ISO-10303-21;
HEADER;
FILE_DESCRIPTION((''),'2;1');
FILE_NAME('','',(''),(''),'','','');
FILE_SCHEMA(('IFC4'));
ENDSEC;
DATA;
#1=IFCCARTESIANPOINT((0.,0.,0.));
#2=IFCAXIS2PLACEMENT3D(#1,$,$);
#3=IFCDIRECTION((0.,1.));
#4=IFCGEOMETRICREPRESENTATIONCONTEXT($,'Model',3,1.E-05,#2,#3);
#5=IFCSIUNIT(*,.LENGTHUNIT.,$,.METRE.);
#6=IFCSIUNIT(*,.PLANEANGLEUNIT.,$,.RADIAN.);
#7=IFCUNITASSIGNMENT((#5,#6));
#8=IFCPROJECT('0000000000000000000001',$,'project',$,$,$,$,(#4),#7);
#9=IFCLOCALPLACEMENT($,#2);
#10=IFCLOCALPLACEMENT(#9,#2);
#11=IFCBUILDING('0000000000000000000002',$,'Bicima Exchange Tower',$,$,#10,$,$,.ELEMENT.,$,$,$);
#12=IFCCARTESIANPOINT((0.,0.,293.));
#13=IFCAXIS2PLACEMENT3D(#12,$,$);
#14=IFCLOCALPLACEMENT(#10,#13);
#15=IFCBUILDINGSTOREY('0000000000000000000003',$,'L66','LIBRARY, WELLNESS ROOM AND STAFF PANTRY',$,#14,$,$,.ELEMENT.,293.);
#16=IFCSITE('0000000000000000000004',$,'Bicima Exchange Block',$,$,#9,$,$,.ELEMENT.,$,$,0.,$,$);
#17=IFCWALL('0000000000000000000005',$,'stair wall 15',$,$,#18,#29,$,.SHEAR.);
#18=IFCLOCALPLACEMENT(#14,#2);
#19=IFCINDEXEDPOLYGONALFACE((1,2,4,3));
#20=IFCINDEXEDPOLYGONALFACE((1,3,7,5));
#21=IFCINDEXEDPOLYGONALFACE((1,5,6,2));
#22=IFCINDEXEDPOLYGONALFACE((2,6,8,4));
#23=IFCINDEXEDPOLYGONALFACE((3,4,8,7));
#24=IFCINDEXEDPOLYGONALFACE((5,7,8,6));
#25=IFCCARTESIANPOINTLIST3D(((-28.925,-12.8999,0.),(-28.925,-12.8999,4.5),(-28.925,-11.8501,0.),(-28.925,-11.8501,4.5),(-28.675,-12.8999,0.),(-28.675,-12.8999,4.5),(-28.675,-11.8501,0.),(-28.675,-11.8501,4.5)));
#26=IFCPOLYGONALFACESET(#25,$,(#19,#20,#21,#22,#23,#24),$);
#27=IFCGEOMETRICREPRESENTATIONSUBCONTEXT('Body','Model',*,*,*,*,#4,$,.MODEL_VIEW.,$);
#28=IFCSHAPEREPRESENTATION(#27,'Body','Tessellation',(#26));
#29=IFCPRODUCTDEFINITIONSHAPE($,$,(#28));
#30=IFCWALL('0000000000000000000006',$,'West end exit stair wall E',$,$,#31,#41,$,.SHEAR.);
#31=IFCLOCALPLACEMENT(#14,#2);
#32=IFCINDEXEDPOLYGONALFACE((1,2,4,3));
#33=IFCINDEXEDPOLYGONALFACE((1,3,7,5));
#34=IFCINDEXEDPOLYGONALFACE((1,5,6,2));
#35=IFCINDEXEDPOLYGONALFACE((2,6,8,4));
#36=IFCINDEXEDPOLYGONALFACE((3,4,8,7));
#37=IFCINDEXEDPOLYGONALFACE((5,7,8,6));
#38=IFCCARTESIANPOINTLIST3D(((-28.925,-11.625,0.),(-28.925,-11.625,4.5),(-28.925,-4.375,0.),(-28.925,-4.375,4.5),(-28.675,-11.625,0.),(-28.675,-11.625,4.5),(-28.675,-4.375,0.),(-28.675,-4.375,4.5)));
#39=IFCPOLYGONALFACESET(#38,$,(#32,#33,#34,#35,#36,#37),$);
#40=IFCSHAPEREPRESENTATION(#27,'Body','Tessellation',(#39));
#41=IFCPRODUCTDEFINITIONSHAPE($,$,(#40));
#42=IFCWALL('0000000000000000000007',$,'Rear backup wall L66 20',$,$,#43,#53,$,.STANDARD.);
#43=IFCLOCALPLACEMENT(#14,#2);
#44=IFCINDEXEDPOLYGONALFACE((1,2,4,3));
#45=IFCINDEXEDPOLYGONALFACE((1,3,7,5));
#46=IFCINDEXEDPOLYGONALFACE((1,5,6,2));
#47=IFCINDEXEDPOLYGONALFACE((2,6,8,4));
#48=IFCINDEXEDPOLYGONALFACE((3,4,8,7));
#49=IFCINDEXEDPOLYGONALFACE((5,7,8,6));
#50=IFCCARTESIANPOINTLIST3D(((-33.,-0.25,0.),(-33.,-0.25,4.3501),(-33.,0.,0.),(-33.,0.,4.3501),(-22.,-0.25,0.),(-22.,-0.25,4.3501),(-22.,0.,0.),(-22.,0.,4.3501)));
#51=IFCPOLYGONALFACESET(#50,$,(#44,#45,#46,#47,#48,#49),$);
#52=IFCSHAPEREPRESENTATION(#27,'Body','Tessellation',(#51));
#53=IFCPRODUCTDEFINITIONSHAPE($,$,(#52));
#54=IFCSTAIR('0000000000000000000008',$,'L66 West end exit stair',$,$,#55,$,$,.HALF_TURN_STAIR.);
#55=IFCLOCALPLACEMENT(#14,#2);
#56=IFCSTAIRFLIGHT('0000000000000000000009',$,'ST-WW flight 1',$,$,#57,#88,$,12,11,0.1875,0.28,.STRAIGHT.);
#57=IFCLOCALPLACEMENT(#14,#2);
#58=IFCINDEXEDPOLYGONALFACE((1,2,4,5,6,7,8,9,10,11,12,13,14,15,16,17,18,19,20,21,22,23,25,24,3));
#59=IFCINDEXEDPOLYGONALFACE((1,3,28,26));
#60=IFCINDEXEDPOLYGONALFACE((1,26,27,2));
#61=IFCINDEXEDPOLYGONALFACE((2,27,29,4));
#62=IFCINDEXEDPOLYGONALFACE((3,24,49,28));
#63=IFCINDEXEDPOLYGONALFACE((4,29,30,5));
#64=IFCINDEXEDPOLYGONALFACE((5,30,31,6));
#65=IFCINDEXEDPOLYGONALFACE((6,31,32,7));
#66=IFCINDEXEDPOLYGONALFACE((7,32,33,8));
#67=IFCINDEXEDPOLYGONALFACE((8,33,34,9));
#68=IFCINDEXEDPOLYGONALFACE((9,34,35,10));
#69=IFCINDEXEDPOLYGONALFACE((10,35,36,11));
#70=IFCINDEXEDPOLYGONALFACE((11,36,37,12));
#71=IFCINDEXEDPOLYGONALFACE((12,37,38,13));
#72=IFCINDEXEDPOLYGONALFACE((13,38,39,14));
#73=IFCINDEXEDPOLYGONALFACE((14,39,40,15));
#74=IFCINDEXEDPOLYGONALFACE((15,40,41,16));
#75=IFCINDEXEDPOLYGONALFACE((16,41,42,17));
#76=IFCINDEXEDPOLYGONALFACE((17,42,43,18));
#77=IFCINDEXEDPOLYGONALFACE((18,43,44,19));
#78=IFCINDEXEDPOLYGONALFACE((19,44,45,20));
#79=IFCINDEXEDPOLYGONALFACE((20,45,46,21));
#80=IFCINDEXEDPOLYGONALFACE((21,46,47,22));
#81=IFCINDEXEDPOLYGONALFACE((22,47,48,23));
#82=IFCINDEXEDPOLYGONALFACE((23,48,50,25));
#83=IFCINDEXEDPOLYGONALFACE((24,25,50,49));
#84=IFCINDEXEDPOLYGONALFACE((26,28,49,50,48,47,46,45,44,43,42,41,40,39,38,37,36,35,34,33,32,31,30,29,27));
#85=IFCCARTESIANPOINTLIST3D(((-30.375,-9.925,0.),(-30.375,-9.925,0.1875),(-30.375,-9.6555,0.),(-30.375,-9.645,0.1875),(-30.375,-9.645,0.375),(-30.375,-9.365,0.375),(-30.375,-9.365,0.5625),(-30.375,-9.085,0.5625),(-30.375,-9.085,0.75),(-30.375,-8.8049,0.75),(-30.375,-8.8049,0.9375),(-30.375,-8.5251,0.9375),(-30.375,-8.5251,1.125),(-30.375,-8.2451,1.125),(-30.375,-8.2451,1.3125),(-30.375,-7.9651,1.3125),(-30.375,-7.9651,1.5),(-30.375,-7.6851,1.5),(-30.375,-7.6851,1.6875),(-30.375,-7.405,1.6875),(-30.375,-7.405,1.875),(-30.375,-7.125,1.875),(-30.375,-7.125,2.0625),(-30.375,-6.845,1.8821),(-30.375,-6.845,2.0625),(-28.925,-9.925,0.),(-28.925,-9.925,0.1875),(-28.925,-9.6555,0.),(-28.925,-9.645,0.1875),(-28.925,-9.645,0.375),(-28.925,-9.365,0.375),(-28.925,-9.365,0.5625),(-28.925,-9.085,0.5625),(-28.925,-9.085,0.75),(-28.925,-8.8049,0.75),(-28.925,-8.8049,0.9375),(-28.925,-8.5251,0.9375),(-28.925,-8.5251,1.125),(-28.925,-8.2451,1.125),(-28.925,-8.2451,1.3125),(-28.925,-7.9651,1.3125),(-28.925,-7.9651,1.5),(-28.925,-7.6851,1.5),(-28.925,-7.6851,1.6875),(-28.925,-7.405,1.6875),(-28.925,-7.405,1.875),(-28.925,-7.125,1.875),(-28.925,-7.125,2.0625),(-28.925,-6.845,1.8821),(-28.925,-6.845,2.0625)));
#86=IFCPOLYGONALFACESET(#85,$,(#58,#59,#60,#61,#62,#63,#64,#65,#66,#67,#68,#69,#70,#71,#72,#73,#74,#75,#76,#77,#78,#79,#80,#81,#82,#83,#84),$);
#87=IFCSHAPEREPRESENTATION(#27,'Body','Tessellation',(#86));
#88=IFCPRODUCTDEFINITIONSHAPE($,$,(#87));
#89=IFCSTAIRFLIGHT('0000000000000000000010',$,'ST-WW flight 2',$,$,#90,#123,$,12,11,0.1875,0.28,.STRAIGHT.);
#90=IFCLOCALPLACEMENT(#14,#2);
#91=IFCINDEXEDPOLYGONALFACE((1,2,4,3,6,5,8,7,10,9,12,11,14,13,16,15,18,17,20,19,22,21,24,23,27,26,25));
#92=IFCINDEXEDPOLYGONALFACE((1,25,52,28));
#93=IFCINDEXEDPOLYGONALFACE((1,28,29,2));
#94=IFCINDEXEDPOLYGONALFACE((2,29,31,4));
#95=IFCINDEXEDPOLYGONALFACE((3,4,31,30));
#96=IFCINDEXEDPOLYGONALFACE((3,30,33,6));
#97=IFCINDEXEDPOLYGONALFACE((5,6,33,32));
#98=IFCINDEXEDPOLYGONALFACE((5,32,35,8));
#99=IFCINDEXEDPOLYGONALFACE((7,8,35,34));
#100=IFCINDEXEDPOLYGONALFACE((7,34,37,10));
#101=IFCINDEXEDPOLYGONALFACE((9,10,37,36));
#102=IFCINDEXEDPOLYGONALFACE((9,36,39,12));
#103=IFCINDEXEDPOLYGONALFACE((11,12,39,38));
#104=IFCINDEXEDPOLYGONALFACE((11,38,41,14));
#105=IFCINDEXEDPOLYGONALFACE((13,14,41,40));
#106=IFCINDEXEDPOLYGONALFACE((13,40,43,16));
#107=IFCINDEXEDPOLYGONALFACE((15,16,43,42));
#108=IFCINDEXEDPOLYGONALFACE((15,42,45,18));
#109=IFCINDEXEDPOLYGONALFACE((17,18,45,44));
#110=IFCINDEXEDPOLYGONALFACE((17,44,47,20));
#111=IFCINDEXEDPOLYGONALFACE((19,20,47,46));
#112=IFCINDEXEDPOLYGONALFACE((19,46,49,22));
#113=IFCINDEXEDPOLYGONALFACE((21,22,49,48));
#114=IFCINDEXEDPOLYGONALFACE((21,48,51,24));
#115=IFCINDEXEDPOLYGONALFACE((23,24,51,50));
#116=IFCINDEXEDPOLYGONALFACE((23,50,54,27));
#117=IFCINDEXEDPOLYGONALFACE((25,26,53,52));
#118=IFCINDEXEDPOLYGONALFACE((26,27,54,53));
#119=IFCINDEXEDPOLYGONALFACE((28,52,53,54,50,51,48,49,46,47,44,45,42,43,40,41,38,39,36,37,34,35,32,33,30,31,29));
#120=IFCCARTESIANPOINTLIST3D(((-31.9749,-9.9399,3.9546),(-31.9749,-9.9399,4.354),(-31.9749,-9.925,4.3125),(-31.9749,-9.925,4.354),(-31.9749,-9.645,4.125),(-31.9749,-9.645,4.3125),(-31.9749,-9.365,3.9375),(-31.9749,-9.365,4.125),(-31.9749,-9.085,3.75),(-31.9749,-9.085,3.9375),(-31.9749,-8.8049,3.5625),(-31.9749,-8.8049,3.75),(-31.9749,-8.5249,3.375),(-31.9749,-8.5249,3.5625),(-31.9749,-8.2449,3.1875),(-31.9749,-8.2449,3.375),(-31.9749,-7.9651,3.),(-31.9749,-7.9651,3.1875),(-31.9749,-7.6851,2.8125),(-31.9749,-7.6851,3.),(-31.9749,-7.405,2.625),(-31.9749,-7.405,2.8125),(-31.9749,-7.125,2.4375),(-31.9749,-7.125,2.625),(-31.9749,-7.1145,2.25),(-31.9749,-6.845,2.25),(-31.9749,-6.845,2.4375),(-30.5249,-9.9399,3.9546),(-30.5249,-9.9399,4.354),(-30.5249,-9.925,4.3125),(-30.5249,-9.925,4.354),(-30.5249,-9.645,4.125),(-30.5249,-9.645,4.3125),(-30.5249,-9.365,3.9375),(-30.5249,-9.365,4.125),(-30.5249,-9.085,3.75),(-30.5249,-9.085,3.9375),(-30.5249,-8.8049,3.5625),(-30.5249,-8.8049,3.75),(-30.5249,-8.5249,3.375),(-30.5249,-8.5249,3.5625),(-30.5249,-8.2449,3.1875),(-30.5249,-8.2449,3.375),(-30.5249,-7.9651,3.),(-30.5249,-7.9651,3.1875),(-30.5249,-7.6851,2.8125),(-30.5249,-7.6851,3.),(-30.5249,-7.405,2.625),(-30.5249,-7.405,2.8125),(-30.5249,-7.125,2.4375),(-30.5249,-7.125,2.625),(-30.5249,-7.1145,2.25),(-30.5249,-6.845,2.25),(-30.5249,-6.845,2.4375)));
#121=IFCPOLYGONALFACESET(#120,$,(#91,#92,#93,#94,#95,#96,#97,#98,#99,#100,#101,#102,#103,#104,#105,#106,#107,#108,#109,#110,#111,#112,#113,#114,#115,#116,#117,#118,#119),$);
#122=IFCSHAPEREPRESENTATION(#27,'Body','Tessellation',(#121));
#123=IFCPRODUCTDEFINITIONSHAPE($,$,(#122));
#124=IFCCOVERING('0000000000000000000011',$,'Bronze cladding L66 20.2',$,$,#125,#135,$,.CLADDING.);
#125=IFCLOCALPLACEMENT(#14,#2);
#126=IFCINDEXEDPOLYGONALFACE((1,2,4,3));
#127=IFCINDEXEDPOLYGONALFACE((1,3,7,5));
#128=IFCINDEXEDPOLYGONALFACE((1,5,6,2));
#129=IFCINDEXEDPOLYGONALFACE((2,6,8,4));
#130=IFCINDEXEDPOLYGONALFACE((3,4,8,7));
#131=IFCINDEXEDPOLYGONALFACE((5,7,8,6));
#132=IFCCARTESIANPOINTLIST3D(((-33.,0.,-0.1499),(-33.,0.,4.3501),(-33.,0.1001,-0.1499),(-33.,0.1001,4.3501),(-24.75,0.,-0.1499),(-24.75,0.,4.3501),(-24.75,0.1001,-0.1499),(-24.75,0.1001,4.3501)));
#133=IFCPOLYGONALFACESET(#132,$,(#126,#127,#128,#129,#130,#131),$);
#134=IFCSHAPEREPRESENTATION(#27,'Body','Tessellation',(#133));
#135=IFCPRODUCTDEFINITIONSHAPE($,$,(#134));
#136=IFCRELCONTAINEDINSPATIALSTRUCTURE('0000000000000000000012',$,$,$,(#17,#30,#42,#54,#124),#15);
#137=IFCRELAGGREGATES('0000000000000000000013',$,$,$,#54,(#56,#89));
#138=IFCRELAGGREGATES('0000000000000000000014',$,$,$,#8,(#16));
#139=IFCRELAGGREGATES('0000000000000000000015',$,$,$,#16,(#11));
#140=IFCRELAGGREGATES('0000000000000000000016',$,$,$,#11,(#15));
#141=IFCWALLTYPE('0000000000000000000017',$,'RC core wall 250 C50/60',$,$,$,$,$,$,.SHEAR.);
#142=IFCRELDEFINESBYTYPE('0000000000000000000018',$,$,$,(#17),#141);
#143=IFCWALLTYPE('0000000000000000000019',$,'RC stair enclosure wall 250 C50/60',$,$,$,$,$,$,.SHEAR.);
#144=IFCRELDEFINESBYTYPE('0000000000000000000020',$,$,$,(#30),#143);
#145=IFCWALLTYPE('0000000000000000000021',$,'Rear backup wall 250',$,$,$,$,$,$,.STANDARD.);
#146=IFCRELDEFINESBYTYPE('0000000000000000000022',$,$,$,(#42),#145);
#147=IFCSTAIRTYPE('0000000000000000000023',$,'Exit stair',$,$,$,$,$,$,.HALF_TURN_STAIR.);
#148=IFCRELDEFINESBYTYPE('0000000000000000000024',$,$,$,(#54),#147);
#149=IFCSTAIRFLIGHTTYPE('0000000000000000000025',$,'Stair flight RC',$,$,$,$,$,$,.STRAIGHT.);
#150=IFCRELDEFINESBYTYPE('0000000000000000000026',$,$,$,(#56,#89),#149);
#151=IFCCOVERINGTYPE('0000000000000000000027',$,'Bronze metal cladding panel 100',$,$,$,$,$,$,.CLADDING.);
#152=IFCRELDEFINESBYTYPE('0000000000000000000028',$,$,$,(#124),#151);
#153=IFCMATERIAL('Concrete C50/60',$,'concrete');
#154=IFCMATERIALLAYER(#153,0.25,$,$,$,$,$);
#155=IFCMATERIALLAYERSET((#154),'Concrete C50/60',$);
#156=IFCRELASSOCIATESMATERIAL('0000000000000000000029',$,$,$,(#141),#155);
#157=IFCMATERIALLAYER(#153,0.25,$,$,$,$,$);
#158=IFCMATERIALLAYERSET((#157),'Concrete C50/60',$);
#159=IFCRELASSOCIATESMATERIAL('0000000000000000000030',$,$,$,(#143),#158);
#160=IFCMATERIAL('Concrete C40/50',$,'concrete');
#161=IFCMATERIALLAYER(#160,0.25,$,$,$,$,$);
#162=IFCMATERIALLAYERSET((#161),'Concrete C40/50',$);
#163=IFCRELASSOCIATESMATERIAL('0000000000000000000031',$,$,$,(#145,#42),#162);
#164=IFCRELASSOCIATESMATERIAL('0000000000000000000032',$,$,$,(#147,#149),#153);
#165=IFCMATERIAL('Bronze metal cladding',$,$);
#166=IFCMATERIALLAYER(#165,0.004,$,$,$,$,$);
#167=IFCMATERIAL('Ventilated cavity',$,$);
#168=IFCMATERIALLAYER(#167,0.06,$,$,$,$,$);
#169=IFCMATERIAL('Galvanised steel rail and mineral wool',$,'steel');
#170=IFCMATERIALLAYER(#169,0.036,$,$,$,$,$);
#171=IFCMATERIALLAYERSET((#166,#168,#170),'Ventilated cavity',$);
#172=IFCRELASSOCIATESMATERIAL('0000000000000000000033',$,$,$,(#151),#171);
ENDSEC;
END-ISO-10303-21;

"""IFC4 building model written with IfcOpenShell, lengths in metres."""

from ifc_helpers import new_model, si_unit, direction, frame, frame_2d, origin, origin_2d, place, context, subcontext, project, spatial, polyline, rectangle, outline, extrude, material, layer, layer_set, layer_usage, type_object, element, aggregate, save


model = new_model("IFC4")

# Units and contexts
model_context = context("Model", 3, precision=1e-05, world=origin(), true_north=direction((0.0, 1.0)))
body_context = subcontext(model_context, "Body", "Model", "MODEL_VIEW")
ifc_project = project(units=[si_unit("LENGTHUNIT", "METRE"), si_unit("PLANEANGLEUNIT", "RADIAN")], contexts=[model_context])

# Site, building, storey
site_placement = place(None, origin())
site = spatial("IfcSite", under=ifc_project, at=site_placement, Name="Bicima Exchange Block", CompositionType="ELEMENT", RefElevation=0.0)
building_placement = place(site_placement, origin())
building = spatial("IfcBuilding", under=site, at=building_placement, Name="Bicima Exchange Tower", CompositionType="ELEMENT")
storey_placement = place(building_placement, frame((0.0, 0.0, 293.0)))
storey = spatial("IfcBuildingStorey", under=building, at=storey_placement, Name="L66", Description="LIBRARY, WELLNESS ROOM AND STAFF PANTRY", CompositionType="ELEMENT", Elevation=293.0)

# Shared definitions
ifc_material_1 = material(Name="Concrete C40/50", Category="concrete")

# Walls
ifc_material_2 = material(Name="Concrete C50/60", Category="concrete")
ifc_layer_1 = layer(ifc_material_2, 0.25)
ifc_layer_set_1 = layer_set([ifc_layer_1], Name="Concrete C50/60")
wall_type_1 = type_object("IfcWallType", Name="RC core wall 250 C50/60", PredefinedType="SHEAR", material=ifc_layer_set_1)
wall_1_placement = place(storey_placement, frame((-28.8, -12.8999, 0.0), z_axis=(0.0, 0.0, 1.0), x_axis=(0.0, 1.0, 0.0)))
element("IfcWall", 1, at=wall_1_placement, inside=storey, type_object=wall_type_1, Name="stair wall 15", PredefinedType="SHEAR", context=body_context, shape_type="SweptSolid", body=[
    extrude(rectangle(XDim=1.0498, YDim=0.25, at=frame_2d((0.5249, 0.0))), origin(), (0.0, 0.0, 1.0), 4.5),
])
ifc_layer_2 = layer(ifc_material_2, 0.25)
ifc_layer_set_2 = layer_set([ifc_layer_2], Name="Concrete C50/60")
wall_type_2 = type_object("IfcWallType", Name="RC stair enclosure wall 250 C50/60", PredefinedType="SHEAR", material=ifc_layer_set_2)
wall_2_placement = place(storey_placement, frame((-28.8, -11.625, 0.0), z_axis=(0.0, 0.0, 1.0), x_axis=(0.0, 1.0, 0.0)))
element("IfcWall", 2, at=wall_2_placement, inside=storey, type_object=wall_type_2, Name="West end exit stair wall E", PredefinedType="SHEAR", context=body_context, shape_type="SweptSolid", body=[
    extrude(rectangle(XDim=7.25, YDim=0.25, at=frame_2d((3.625, 0.0))), origin(), (0.0, 0.0, 1.0), 4.5),
])
ifc_layer_3 = layer(ifc_material_1, 0.25)
ifc_layer_set_3 = layer_set([ifc_layer_3], Name="Concrete C40/50")
ifc_layer_usage = layer_usage(ifc_layer_set_3, "AXIS2", "POSITIVE", -0.125)
wall_type_3 = type_object("IfcWallType", Name="Rear backup wall 250", PredefinedType="STANDARD", material=ifc_layer_set_3)
wall_3_placement = place(storey_placement, frame((-22.0, -0.125, 0.0), z_axis=(0.0, 0.0, 1.0), x_axis=(-1.0, 0.0, 0.0)))
element("IfcWall", 3, at=wall_3_placement, inside=storey, type_object=wall_type_3, material=ifc_layer_usage, Name="Rear backup wall L66 20", PredefinedType="STANDARD", context=body_context, shape_type="SweptSolid", body=[
    extrude(rectangle(XDim=11.0, YDim=0.25, at=frame_2d((5.5, 0.0))), origin(), (0.0, 0.0, 1.0), 4.3501),
])

# Stair, stair flights
stair_type = type_object("IfcStairType", Name="Exit stair", PredefinedType="HALF_TURN_STAIR", material=ifc_material_2)
stair_placement = place(storey_placement, origin())
stair = element("IfcStair", 4, at=stair_placement, inside=storey, type_object=stair_type, Name="L66 West end exit stair", PredefinedType="HALF_TURN_STAIR")
stair_flight_type = type_object("IfcStairFlightType", Name="Stair flight RC", PredefinedType="STRAIGHT", material=ifc_material_2)
stair_flight_1_placement = place(storey_placement, frame((-29.6499, -9.925, 0.0), z_axis=(0.0, 0.0, 1.0), x_axis=(0.0, 1.0, 0.0)))
stair_flight_1 = element("IfcStairFlight", 5, at=stair_flight_1_placement, type_object=stair_flight_type, Name="ST-WW flight 1", NumberOfRisers=12, NumberOfTreads=11, PredefinedType="STRAIGHT", RiserHeight=0.1875, TreadLength=0.28, context=body_context, shape_type="SweptSolid", body=[
    extrude(outline(polyline([(0.0, 0.0), (0.0, 0.1875), (0.28, 0.1875), (0.28, 0.375), (0.5601, 0.375), (0.5601, 0.5625), (0.8401, 0.5625), (0.8401, 0.75), (1.1201, 0.75), (1.1201, 0.9375), (1.3999, 0.9375), (1.3999, 1.125), (1.6799, 1.125), (1.6799, 1.3125), (1.96, 1.3125), (1.96, 1.5), (2.24, 1.5), (2.24, 1.6875), (2.52, 1.6875), (2.52, 1.875), (2.8, 1.875), (2.8, 2.0625), (3.0801, 2.0625), (3.0801, 2.25), (3.0801, 1.8821), (0.2695, 0.0), (0.0, 0.0)])), frame((0.0, 0.7251, 0.0), z_axis=(0.0, -1.0, 0.0), x_axis=(1.0, 0.0, 0.0)), (0.0, 0.0, 1.0), 1.45),
])
stair_flight_2_placement = place(storey_placement, frame((-31.25, -6.845, 2.25), z_axis=(0.0, 0.0, 1.0), x_axis=(0.0, -1.0, 0.0)))
stair_flight_2 = element("IfcStairFlight", 6, at=stair_flight_2_placement, type_object=stair_flight_type, Name="ST-WW flight 2", NumberOfRisers=12, NumberOfTreads=11, PredefinedType="STRAIGHT", RiserHeight=0.1875, TreadLength=0.28, context=body_context, shape_type="SweptSolid", body=[
    extrude(outline(polyline([(0.0, 0.0), (0.0, 0.1875), (0.28, 0.1875), (0.28, 0.375), (0.5601, 0.375), (0.5601, 0.5625), (0.8401, 0.5625), (0.8401, 0.75), (1.1201, 0.75), (1.1201, 0.9375), (1.3999, 0.9375), (1.3999, 1.125), (1.6799, 1.125), (1.6799, 1.3125), (1.96, 1.3125), (1.96, 1.5), (2.24, 1.5), (2.24, 1.6875), (2.52, 1.6875), (2.52, 1.875), (2.8, 1.875), (2.8, 2.0625), (3.0801, 2.0625), (3.0801, 2.104), (3.095, 2.104), (3.095, 1.7046), (0.2695, 0.0), (0.0, 0.0)])), frame((0.0, 0.7251, 0.0), z_axis=(0.0, -1.0, 0.0), x_axis=(1.0, 0.0, 0.0)), (0.0, 0.0, 1.0), 1.45),
])
aggregate(stair, [stair_flight_1, stair_flight_2])

# Covering
ifc_material_3 = material(Name="Bronze metal cladding")
ifc_layer_4 = layer(ifc_material_3, 0.004)
ifc_material_4 = material(Name="Ventilated cavity")
ifc_layer_5 = layer(ifc_material_4, 0.06)
ifc_material_5 = material(Name="Galvanised steel rail and mineral wool", Category="steel")
ifc_layer_6 = layer(ifc_material_5, 0.036)
ifc_layer_set_4 = layer_set([ifc_layer_4, ifc_layer_5, ifc_layer_6], Name="Ventilated cavity")
covering_type = type_object("IfcCoveringType", Name="Bronze metal cladding panel 100", PredefinedType="CLADDING", material=ifc_layer_set_4)
covering_placement = place(storey_placement, frame((-28.875, 0.05, -0.1499), z_axis=(0.0, 0.0, 1.0), x_axis=(-1.0, 0.0, 0.0)))
element("IfcCovering", 7, at=covering_placement, inside=storey, type_object=covering_type, Name="Bronze cladding L66 20.2", PredefinedType="CLADDING", context=body_context, shape_type="SweptSolid", body=[
    extrude(rectangle(XDim=8.25, YDim=0.1001, at=origin_2d()), origin(), (0.0, 0.0, 1.0), 4.5),
])

save(model, "model.ifc")
